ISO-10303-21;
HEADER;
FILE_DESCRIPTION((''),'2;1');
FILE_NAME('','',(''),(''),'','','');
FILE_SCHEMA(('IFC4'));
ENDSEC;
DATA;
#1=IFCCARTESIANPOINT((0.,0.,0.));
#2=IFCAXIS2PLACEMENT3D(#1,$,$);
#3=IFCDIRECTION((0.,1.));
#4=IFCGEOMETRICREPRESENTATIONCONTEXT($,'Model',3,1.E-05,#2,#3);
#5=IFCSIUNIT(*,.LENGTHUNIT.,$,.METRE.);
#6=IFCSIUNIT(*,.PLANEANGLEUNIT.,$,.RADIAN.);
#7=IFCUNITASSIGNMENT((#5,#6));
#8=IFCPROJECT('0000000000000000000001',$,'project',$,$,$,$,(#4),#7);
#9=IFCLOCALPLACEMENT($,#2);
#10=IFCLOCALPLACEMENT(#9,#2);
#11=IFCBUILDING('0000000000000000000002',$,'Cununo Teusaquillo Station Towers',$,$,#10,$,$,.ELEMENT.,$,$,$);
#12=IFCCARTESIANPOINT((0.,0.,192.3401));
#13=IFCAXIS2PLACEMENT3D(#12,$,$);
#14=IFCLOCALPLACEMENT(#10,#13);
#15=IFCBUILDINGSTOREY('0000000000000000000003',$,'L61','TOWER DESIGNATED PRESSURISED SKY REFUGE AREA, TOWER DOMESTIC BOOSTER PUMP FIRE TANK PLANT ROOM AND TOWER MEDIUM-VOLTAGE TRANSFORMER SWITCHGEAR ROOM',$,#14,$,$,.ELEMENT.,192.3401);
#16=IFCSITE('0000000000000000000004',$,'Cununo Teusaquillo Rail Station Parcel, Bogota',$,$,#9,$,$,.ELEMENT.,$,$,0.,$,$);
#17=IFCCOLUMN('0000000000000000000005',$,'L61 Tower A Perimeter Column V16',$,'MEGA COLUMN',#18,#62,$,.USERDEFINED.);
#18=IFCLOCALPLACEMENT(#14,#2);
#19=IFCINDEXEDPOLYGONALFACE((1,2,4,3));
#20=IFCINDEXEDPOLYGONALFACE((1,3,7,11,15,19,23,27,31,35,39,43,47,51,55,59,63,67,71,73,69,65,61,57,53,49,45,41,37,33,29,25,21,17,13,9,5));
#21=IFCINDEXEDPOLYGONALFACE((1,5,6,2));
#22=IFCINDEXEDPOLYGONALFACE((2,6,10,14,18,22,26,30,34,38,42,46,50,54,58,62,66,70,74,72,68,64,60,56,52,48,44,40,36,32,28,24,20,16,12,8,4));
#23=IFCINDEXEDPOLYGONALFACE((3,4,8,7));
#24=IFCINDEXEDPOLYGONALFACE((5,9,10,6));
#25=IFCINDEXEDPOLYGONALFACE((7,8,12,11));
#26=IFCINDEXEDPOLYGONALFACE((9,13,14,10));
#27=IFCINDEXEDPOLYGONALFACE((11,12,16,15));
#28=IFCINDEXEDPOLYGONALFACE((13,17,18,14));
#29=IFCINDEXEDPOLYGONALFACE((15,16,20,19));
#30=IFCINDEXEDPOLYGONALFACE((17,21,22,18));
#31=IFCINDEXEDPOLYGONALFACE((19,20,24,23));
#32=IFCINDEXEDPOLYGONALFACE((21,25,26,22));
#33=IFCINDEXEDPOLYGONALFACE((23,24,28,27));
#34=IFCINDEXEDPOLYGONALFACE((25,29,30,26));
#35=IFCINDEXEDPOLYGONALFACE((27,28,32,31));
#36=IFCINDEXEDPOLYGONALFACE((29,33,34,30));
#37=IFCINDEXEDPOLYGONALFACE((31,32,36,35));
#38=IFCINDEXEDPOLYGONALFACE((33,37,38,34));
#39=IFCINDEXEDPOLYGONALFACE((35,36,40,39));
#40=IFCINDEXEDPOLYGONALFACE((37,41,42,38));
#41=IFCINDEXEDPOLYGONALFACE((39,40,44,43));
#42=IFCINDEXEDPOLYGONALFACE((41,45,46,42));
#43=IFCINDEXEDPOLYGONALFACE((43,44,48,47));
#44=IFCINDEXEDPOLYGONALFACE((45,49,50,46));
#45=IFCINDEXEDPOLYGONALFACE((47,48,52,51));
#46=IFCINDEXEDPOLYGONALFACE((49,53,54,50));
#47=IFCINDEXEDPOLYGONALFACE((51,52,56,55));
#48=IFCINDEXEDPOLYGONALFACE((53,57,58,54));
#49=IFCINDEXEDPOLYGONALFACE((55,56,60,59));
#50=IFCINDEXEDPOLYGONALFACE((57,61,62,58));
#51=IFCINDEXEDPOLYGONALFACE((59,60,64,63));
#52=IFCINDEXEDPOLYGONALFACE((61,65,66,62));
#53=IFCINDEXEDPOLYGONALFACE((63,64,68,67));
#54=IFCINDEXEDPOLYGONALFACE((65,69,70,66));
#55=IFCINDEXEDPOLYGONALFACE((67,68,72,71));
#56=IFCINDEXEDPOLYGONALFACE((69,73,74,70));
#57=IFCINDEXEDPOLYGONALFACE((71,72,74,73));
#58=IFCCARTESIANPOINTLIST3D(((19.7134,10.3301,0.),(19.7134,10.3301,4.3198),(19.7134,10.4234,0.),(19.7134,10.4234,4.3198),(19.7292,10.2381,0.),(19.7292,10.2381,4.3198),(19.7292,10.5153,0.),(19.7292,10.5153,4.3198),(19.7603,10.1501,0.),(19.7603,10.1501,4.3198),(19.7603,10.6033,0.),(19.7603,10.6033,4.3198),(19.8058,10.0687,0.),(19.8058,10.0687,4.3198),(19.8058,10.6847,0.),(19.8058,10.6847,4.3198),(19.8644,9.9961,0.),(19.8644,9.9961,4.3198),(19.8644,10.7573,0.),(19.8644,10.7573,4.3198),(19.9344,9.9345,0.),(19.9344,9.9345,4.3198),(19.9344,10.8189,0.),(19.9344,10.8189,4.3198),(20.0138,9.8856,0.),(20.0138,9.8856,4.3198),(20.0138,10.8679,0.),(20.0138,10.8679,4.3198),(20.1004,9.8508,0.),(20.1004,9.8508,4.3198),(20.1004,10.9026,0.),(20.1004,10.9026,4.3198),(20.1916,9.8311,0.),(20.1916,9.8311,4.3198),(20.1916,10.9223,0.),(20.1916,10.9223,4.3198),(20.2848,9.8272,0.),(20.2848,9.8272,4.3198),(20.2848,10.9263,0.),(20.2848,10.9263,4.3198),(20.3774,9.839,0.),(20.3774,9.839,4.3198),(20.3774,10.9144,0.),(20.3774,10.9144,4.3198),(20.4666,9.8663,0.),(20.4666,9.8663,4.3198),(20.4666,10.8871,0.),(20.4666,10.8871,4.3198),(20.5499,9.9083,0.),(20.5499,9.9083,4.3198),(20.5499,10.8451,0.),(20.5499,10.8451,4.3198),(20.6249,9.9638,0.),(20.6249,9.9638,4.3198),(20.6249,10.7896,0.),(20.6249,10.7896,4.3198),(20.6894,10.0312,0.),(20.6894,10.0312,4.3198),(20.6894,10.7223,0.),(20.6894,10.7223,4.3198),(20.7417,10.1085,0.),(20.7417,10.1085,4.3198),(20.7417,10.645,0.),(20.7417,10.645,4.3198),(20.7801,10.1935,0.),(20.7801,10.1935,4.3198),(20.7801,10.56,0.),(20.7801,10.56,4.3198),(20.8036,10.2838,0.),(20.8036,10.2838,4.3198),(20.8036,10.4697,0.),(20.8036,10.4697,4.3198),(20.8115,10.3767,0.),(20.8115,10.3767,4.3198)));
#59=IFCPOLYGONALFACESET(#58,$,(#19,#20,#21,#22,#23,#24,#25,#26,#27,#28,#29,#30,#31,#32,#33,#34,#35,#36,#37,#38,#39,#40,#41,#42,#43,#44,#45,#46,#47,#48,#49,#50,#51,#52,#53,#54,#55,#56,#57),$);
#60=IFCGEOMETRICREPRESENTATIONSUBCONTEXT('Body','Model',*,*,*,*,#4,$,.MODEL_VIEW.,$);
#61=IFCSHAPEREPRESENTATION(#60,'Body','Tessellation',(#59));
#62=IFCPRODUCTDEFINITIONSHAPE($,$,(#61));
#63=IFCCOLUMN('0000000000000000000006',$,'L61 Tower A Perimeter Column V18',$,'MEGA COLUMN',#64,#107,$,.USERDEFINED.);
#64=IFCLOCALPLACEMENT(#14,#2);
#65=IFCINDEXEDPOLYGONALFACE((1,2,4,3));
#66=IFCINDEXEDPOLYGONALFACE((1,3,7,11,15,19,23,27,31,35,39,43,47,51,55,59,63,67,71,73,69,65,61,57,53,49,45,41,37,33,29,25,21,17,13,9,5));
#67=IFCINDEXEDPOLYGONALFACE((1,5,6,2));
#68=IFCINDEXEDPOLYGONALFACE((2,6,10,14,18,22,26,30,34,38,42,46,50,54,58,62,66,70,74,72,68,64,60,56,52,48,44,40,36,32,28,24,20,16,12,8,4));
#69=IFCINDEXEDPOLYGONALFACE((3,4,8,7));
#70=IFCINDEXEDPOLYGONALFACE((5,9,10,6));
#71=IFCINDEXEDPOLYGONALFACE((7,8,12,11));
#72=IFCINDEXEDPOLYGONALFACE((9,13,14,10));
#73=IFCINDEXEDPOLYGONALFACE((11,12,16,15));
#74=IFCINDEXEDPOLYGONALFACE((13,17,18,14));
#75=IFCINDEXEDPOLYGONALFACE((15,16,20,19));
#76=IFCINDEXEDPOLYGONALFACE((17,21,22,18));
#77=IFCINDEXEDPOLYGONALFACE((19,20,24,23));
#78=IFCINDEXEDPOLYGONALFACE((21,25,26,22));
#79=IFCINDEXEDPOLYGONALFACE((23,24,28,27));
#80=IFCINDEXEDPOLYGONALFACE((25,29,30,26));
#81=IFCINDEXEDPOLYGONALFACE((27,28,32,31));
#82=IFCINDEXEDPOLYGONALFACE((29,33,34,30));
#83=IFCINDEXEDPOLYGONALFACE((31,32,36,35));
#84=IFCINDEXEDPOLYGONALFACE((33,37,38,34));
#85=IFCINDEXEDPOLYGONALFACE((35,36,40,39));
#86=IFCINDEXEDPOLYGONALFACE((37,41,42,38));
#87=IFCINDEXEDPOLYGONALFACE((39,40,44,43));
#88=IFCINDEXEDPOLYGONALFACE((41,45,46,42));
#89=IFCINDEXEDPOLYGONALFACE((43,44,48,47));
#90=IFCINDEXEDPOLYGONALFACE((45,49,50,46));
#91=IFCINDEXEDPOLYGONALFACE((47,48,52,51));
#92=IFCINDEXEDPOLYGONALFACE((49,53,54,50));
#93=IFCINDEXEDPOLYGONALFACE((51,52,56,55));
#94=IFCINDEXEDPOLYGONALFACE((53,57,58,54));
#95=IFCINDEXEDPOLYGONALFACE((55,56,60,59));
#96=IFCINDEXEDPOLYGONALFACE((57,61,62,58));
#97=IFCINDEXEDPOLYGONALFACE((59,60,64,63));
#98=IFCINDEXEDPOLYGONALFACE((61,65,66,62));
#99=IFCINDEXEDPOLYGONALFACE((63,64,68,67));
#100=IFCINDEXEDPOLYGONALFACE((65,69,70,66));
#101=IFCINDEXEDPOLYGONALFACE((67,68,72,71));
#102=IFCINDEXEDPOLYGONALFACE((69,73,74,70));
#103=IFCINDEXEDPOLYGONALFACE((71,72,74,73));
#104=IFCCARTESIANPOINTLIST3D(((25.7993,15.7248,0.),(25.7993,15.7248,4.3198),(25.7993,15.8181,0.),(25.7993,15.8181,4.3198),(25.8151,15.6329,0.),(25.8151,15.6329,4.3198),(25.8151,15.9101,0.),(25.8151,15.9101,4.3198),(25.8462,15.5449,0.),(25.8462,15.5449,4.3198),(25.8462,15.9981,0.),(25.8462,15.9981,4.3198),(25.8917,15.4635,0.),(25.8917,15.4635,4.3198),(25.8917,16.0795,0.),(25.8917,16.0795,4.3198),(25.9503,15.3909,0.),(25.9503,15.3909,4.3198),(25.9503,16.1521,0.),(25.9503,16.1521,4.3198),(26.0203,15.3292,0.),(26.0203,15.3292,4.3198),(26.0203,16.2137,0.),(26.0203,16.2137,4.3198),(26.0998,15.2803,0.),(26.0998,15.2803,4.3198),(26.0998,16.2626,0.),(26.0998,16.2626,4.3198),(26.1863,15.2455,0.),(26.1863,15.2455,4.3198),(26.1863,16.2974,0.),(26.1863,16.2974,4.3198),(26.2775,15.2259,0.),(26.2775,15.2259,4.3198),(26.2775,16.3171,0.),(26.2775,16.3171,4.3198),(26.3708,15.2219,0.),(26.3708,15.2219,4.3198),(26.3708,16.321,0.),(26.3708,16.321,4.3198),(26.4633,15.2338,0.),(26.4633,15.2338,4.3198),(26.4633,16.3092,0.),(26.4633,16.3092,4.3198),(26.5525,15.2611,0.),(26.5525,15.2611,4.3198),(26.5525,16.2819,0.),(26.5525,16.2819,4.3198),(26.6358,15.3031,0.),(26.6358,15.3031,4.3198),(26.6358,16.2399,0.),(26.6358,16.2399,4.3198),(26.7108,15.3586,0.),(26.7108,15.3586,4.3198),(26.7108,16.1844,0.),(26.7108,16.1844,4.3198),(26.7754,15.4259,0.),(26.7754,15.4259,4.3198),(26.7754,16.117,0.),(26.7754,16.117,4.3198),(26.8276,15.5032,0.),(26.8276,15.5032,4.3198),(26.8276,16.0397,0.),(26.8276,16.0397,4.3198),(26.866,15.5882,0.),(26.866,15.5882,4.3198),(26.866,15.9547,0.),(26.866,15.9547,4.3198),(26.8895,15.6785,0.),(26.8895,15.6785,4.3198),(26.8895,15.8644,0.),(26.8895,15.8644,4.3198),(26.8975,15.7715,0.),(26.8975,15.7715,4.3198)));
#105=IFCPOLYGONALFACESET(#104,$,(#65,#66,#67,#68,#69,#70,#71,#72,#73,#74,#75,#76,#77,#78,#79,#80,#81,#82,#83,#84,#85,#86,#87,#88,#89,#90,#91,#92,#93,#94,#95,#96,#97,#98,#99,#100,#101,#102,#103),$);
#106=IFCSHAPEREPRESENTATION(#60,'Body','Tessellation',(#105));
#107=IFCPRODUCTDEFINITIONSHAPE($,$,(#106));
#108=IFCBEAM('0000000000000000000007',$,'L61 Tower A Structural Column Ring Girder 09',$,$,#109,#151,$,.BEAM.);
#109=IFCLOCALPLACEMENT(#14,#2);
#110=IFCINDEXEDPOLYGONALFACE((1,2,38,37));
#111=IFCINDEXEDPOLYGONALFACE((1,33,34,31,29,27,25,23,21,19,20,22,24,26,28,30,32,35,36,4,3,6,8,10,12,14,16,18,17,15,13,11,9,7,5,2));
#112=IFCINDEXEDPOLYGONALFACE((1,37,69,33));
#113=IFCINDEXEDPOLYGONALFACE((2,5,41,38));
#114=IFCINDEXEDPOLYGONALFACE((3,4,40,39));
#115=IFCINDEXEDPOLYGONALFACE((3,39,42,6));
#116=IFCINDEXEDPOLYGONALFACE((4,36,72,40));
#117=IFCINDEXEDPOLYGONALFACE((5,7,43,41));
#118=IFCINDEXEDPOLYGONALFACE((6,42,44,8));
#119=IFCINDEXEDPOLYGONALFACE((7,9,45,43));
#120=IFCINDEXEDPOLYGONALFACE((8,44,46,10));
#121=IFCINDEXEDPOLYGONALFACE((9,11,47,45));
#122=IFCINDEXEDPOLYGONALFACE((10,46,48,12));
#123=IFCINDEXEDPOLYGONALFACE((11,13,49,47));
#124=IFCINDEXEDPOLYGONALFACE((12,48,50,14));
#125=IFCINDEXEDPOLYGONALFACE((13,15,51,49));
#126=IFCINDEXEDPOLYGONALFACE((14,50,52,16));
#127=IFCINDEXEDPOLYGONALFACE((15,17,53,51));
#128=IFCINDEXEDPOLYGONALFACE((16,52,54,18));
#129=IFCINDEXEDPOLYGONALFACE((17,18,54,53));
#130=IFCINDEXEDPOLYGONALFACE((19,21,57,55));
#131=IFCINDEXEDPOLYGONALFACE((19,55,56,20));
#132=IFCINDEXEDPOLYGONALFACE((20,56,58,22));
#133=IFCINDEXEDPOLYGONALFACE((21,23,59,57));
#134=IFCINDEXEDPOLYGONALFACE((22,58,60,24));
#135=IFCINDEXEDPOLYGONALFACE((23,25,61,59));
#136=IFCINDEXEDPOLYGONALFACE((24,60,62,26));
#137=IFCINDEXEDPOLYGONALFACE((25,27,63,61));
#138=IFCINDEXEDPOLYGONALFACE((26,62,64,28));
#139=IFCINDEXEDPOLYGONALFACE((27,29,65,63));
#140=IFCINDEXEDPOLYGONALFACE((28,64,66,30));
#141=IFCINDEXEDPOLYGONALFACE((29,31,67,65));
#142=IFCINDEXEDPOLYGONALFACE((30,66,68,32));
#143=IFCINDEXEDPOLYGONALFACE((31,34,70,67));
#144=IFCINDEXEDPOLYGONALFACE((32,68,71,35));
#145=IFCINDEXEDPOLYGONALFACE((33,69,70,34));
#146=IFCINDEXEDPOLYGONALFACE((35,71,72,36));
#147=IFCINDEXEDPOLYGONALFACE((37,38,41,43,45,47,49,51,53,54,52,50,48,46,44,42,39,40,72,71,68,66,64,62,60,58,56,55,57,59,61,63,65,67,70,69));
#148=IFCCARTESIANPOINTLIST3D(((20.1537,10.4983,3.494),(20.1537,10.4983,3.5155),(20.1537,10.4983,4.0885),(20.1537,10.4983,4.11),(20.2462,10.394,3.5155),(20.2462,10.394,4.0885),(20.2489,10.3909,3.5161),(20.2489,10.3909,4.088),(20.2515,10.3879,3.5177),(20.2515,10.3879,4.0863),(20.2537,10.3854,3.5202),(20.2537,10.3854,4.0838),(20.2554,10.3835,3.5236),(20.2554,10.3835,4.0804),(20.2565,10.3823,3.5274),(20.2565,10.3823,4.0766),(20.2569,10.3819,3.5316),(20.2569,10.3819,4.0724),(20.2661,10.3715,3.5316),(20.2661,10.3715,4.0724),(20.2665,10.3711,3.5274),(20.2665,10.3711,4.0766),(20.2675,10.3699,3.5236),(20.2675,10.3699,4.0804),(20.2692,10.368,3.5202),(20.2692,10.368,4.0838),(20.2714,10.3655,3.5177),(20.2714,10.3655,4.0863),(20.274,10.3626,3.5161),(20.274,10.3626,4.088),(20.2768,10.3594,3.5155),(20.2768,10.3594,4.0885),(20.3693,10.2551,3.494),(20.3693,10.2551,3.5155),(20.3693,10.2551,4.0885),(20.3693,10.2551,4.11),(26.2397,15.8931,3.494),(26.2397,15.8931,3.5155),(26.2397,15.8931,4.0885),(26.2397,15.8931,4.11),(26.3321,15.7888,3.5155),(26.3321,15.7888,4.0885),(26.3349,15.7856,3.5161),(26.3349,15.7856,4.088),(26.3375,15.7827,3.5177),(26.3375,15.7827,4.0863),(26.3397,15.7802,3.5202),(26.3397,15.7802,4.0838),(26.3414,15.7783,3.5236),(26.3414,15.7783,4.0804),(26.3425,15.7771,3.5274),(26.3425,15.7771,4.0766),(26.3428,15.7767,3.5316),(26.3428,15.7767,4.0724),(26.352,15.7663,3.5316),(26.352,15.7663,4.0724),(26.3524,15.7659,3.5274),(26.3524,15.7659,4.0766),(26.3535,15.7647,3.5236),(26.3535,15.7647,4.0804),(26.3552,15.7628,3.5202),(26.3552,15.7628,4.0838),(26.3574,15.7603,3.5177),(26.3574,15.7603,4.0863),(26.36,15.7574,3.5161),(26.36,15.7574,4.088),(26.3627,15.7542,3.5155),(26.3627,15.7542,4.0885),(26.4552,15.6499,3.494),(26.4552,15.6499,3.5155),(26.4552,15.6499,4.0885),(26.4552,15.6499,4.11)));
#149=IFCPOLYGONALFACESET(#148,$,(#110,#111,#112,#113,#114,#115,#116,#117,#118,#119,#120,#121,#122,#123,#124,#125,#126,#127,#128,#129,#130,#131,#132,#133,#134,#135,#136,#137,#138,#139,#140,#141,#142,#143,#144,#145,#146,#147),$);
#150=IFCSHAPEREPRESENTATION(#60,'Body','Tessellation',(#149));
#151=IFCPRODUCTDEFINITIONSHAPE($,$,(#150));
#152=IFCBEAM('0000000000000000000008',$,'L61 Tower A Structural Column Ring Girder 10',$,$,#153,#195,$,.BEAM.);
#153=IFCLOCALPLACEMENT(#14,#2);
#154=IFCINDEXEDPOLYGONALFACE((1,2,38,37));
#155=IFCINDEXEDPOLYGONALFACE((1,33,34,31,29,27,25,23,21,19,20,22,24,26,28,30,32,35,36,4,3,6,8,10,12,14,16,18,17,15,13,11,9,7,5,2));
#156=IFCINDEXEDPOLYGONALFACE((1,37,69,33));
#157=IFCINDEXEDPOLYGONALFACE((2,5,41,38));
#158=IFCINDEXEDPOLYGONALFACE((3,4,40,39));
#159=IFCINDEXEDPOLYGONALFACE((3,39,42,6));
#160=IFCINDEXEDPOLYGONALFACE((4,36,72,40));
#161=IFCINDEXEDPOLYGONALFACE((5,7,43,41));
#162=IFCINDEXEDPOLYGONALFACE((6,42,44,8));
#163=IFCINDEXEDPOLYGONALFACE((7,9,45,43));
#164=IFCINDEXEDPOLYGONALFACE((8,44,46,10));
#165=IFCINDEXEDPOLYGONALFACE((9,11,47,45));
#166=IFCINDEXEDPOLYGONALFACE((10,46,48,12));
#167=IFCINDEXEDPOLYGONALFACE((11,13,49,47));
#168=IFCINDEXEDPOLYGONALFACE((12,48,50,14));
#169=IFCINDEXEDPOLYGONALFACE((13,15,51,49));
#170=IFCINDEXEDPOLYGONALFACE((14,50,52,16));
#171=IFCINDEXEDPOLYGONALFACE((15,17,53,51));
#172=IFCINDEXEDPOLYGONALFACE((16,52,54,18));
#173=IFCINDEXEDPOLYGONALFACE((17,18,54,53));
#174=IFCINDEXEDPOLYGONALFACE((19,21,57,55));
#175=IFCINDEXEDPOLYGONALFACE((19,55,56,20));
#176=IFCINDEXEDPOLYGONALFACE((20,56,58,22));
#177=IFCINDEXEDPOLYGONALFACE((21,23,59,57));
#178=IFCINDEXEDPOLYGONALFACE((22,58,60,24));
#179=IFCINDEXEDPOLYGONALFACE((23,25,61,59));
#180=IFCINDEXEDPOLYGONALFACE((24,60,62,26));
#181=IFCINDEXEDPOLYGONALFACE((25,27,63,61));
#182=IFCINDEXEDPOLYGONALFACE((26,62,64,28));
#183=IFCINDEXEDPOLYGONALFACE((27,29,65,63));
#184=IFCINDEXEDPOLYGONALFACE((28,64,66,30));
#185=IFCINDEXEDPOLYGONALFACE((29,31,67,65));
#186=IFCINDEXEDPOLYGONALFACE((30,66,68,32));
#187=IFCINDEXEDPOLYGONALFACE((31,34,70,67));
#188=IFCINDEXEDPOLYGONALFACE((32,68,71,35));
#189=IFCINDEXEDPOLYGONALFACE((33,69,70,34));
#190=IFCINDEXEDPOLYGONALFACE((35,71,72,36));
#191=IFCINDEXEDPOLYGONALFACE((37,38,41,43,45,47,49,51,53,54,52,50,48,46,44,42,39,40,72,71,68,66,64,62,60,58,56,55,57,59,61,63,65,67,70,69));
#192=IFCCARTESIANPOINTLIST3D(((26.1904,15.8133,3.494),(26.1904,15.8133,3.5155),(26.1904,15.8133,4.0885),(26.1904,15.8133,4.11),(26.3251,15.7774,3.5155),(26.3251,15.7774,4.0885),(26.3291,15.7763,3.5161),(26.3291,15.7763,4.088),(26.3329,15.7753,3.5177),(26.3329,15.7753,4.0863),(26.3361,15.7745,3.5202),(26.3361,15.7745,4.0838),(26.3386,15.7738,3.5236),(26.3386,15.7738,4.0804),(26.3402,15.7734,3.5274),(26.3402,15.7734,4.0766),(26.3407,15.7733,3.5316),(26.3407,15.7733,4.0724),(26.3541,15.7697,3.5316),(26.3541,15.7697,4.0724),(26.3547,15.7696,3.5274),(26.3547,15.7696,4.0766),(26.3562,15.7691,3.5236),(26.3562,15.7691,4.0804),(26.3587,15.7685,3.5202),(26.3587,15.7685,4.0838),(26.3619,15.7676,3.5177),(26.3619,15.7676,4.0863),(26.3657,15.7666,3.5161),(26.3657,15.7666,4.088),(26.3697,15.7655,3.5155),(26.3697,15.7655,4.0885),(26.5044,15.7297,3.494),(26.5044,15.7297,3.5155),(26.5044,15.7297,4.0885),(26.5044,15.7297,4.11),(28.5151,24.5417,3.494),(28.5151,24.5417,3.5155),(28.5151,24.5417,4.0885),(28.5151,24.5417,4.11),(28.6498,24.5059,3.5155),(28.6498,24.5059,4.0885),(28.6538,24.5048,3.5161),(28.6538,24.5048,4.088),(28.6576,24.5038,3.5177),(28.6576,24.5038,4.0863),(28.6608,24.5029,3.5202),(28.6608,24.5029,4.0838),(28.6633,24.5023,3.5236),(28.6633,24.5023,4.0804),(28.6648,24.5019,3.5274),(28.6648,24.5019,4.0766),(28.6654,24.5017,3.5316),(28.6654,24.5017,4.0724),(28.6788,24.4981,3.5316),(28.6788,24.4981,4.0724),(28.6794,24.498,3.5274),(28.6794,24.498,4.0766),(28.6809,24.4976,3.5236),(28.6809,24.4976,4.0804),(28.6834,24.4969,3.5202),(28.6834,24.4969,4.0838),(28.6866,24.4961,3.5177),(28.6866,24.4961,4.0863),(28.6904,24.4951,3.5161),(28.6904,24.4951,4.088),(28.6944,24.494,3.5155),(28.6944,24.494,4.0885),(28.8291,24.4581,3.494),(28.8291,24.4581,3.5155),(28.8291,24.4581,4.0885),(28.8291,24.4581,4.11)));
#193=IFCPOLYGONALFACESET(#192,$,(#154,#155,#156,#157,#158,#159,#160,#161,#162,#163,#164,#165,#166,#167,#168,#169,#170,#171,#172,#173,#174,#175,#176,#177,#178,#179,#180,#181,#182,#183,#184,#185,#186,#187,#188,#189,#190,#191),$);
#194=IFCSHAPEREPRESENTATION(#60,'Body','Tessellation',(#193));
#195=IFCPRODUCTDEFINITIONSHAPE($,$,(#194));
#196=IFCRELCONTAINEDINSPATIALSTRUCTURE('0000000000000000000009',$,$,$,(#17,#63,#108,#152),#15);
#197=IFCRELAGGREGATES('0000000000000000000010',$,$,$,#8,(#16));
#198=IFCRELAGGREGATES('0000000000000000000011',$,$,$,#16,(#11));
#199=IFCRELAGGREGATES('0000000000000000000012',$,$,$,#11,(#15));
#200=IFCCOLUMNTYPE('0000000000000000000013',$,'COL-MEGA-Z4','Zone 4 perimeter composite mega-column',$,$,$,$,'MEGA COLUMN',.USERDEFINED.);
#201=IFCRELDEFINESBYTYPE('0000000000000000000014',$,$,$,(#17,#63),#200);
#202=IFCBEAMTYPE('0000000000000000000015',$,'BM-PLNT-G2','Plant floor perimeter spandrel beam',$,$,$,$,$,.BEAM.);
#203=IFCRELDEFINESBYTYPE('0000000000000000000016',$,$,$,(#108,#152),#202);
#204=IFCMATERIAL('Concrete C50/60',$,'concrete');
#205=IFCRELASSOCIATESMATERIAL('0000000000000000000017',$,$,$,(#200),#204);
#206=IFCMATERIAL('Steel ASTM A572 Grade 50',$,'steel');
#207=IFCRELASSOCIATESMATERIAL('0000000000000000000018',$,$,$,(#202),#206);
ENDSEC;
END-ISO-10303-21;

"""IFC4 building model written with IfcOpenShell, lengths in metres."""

from ifc_helpers import new_model, si_unit, direction, frame, origin, origin_2d, place, context, subcontext, project, spatial, circle, i_section, extrude, material, material_profile, profile_set, type_object, element, save


model = new_model("IFC4")

# Units and contexts
model_context = context("Model", 3, precision=1e-05, world=origin(), true_north=direction((0.0, 1.0)))
body_context = subcontext(model_context, "Body", "Model", "MODEL_VIEW")
ifc_project = project(units=[si_unit("LENGTHUNIT", "METRE"), si_unit("PLANEANGLEUNIT", "RADIAN")], contexts=[model_context])

# Site, building, storey
site_placement = place(None, origin())
site = spatial("IfcSite", under=ifc_project, at=site_placement, Name="Cununo Teusaquillo Rail Station Parcel, Bogota", CompositionType="ELEMENT", RefElevation=0.0)
building_placement = place(site_placement, origin())
building = spatial("IfcBuilding", under=site, at=building_placement, Name="Cununo Teusaquillo Station Towers", CompositionType="ELEMENT")
storey_placement = place(building_placement, frame((0.0, 0.0, 192.3401)))
storey = spatial("IfcBuildingStorey", under=building, at=storey_placement, Name="L61", Description="TOWER DESIGNATED PRESSURISED SKY REFUGE AREA, TOWER DOMESTIC BOOSTER PUMP FIRE TANK PLANT ROOM AND TOWER MEDIUM-VOLTAGE TRANSFORMER SWITCHGEAR ROOM", CompositionType="ELEMENT", Elevation=192.3401)

# Columns
ifc_material_1 = material(Name="Concrete C50/60", Category="concrete")
ifc_material_profile_1 = material_profile(ifc_material_1, circle(Radius=0.55, at=origin_2d()), Name="RC-CIRC-1100")
ifc_profile_set_1 = profile_set([ifc_material_profile_1], Name="Concrete C50/60")
column_type = type_object("IfcColumnType", Name="COL-MEGA-Z4", Description="Zone 4 perimeter composite mega-column", ElementType="MEGA COLUMN", PredefinedType="USERDEFINED", material=ifc_profile_set_1)
for number, where, z_axis, x_axis, name in (
    (1, (20.2615, 10.3767, 0.0), (0.0, 0.0, 1.0), (1.0, 0.0, 0.0), "L61 Tower A Perimeter Column V16"),
    (2, (26.3474, 15.7715, 0.0), (0.0, 0.0, 1.0), (1.0, 0.0, 0.0), "L61 Tower A Perimeter Column V18"),
):
    element("IfcColumn", number, at=place(storey_placement, frame(where, z_axis=z_axis, x_axis=x_axis)), inside=storey, type_object=column_type, Name=name, ObjectType="MEGA COLUMN", PredefinedType="USERDEFINED", context=body_context, shape_type="SweptSolid", body=[
        extrude(circle(Radius=0.55, at=origin_2d()), origin(), (0.0, 0.0, 1.0), 4.3198),
    ])

# Beams
ifc_material_2 = material(Name="Steel ASTM A572 Grade 50", Category="steel")
ifc_material_profile_2 = material_profile(ifc_material_2, i_section(OverallWidth=0.325, OverallDepth=0.616, WebThickness=0.0139, FlangeThickness=0.0215, FilletRadius=0.0161, at=origin_2d()), Name="W24X117")
ifc_profile_set_2 = profile_set([ifc_material_profile_2], Name="Steel ASTM A572 Grade 50")
beam_type = type_object("IfcBeamType", Name="BM-PLNT-G2", Description="Plant floor perimeter spandrel beam", PredefinedType="BEAM", material=ifc_profile_set_2)
beam_1_placement = place(storey_placement, frame((20.2615, 10.3767, 3.802), z_axis=(0.748321, 0.663337, 0.0), x_axis=(-0.663337, 0.748321, 0.0)))
element("IfcBeam", 3, at=beam_1_placement, inside=storey, type_object=beam_type, Name="L61 Tower A Structural Column Ring Girder 09", PredefinedType="BEAM", context=body_context, shape_type="SweptSolid", body=[
    extrude(i_section(OverallWidth=0.325, OverallDepth=0.616, WebThickness=0.0139, FlangeThickness=0.0215, FilletRadius=0.0161, at=origin_2d()), origin(), (0.0, 0.0, 1.0), 8.1328),
])
beam_2_placement = place(storey_placement, frame((26.3474, 15.7715, 3.802), z_axis=(0.257363, 0.966315, 0.0), x_axis=(-0.966315, 0.257363, 0.0)))
element("IfcBeam", 4, at=beam_2_placement, inside=storey, type_object=beam_type, Name="L61 Tower A Structural Column Ring Girder 10", PredefinedType="BEAM", context=body_context, shape_type="SweptSolid", body=[
    extrude(i_section(OverallWidth=0.325, OverallDepth=0.616, WebThickness=0.0139, FlangeThickness=0.0215, FilletRadius=0.0161, at=origin_2d()), origin(), (0.0, 0.0, 1.0), 9.0327),
])

save(model, "model.ifc")
